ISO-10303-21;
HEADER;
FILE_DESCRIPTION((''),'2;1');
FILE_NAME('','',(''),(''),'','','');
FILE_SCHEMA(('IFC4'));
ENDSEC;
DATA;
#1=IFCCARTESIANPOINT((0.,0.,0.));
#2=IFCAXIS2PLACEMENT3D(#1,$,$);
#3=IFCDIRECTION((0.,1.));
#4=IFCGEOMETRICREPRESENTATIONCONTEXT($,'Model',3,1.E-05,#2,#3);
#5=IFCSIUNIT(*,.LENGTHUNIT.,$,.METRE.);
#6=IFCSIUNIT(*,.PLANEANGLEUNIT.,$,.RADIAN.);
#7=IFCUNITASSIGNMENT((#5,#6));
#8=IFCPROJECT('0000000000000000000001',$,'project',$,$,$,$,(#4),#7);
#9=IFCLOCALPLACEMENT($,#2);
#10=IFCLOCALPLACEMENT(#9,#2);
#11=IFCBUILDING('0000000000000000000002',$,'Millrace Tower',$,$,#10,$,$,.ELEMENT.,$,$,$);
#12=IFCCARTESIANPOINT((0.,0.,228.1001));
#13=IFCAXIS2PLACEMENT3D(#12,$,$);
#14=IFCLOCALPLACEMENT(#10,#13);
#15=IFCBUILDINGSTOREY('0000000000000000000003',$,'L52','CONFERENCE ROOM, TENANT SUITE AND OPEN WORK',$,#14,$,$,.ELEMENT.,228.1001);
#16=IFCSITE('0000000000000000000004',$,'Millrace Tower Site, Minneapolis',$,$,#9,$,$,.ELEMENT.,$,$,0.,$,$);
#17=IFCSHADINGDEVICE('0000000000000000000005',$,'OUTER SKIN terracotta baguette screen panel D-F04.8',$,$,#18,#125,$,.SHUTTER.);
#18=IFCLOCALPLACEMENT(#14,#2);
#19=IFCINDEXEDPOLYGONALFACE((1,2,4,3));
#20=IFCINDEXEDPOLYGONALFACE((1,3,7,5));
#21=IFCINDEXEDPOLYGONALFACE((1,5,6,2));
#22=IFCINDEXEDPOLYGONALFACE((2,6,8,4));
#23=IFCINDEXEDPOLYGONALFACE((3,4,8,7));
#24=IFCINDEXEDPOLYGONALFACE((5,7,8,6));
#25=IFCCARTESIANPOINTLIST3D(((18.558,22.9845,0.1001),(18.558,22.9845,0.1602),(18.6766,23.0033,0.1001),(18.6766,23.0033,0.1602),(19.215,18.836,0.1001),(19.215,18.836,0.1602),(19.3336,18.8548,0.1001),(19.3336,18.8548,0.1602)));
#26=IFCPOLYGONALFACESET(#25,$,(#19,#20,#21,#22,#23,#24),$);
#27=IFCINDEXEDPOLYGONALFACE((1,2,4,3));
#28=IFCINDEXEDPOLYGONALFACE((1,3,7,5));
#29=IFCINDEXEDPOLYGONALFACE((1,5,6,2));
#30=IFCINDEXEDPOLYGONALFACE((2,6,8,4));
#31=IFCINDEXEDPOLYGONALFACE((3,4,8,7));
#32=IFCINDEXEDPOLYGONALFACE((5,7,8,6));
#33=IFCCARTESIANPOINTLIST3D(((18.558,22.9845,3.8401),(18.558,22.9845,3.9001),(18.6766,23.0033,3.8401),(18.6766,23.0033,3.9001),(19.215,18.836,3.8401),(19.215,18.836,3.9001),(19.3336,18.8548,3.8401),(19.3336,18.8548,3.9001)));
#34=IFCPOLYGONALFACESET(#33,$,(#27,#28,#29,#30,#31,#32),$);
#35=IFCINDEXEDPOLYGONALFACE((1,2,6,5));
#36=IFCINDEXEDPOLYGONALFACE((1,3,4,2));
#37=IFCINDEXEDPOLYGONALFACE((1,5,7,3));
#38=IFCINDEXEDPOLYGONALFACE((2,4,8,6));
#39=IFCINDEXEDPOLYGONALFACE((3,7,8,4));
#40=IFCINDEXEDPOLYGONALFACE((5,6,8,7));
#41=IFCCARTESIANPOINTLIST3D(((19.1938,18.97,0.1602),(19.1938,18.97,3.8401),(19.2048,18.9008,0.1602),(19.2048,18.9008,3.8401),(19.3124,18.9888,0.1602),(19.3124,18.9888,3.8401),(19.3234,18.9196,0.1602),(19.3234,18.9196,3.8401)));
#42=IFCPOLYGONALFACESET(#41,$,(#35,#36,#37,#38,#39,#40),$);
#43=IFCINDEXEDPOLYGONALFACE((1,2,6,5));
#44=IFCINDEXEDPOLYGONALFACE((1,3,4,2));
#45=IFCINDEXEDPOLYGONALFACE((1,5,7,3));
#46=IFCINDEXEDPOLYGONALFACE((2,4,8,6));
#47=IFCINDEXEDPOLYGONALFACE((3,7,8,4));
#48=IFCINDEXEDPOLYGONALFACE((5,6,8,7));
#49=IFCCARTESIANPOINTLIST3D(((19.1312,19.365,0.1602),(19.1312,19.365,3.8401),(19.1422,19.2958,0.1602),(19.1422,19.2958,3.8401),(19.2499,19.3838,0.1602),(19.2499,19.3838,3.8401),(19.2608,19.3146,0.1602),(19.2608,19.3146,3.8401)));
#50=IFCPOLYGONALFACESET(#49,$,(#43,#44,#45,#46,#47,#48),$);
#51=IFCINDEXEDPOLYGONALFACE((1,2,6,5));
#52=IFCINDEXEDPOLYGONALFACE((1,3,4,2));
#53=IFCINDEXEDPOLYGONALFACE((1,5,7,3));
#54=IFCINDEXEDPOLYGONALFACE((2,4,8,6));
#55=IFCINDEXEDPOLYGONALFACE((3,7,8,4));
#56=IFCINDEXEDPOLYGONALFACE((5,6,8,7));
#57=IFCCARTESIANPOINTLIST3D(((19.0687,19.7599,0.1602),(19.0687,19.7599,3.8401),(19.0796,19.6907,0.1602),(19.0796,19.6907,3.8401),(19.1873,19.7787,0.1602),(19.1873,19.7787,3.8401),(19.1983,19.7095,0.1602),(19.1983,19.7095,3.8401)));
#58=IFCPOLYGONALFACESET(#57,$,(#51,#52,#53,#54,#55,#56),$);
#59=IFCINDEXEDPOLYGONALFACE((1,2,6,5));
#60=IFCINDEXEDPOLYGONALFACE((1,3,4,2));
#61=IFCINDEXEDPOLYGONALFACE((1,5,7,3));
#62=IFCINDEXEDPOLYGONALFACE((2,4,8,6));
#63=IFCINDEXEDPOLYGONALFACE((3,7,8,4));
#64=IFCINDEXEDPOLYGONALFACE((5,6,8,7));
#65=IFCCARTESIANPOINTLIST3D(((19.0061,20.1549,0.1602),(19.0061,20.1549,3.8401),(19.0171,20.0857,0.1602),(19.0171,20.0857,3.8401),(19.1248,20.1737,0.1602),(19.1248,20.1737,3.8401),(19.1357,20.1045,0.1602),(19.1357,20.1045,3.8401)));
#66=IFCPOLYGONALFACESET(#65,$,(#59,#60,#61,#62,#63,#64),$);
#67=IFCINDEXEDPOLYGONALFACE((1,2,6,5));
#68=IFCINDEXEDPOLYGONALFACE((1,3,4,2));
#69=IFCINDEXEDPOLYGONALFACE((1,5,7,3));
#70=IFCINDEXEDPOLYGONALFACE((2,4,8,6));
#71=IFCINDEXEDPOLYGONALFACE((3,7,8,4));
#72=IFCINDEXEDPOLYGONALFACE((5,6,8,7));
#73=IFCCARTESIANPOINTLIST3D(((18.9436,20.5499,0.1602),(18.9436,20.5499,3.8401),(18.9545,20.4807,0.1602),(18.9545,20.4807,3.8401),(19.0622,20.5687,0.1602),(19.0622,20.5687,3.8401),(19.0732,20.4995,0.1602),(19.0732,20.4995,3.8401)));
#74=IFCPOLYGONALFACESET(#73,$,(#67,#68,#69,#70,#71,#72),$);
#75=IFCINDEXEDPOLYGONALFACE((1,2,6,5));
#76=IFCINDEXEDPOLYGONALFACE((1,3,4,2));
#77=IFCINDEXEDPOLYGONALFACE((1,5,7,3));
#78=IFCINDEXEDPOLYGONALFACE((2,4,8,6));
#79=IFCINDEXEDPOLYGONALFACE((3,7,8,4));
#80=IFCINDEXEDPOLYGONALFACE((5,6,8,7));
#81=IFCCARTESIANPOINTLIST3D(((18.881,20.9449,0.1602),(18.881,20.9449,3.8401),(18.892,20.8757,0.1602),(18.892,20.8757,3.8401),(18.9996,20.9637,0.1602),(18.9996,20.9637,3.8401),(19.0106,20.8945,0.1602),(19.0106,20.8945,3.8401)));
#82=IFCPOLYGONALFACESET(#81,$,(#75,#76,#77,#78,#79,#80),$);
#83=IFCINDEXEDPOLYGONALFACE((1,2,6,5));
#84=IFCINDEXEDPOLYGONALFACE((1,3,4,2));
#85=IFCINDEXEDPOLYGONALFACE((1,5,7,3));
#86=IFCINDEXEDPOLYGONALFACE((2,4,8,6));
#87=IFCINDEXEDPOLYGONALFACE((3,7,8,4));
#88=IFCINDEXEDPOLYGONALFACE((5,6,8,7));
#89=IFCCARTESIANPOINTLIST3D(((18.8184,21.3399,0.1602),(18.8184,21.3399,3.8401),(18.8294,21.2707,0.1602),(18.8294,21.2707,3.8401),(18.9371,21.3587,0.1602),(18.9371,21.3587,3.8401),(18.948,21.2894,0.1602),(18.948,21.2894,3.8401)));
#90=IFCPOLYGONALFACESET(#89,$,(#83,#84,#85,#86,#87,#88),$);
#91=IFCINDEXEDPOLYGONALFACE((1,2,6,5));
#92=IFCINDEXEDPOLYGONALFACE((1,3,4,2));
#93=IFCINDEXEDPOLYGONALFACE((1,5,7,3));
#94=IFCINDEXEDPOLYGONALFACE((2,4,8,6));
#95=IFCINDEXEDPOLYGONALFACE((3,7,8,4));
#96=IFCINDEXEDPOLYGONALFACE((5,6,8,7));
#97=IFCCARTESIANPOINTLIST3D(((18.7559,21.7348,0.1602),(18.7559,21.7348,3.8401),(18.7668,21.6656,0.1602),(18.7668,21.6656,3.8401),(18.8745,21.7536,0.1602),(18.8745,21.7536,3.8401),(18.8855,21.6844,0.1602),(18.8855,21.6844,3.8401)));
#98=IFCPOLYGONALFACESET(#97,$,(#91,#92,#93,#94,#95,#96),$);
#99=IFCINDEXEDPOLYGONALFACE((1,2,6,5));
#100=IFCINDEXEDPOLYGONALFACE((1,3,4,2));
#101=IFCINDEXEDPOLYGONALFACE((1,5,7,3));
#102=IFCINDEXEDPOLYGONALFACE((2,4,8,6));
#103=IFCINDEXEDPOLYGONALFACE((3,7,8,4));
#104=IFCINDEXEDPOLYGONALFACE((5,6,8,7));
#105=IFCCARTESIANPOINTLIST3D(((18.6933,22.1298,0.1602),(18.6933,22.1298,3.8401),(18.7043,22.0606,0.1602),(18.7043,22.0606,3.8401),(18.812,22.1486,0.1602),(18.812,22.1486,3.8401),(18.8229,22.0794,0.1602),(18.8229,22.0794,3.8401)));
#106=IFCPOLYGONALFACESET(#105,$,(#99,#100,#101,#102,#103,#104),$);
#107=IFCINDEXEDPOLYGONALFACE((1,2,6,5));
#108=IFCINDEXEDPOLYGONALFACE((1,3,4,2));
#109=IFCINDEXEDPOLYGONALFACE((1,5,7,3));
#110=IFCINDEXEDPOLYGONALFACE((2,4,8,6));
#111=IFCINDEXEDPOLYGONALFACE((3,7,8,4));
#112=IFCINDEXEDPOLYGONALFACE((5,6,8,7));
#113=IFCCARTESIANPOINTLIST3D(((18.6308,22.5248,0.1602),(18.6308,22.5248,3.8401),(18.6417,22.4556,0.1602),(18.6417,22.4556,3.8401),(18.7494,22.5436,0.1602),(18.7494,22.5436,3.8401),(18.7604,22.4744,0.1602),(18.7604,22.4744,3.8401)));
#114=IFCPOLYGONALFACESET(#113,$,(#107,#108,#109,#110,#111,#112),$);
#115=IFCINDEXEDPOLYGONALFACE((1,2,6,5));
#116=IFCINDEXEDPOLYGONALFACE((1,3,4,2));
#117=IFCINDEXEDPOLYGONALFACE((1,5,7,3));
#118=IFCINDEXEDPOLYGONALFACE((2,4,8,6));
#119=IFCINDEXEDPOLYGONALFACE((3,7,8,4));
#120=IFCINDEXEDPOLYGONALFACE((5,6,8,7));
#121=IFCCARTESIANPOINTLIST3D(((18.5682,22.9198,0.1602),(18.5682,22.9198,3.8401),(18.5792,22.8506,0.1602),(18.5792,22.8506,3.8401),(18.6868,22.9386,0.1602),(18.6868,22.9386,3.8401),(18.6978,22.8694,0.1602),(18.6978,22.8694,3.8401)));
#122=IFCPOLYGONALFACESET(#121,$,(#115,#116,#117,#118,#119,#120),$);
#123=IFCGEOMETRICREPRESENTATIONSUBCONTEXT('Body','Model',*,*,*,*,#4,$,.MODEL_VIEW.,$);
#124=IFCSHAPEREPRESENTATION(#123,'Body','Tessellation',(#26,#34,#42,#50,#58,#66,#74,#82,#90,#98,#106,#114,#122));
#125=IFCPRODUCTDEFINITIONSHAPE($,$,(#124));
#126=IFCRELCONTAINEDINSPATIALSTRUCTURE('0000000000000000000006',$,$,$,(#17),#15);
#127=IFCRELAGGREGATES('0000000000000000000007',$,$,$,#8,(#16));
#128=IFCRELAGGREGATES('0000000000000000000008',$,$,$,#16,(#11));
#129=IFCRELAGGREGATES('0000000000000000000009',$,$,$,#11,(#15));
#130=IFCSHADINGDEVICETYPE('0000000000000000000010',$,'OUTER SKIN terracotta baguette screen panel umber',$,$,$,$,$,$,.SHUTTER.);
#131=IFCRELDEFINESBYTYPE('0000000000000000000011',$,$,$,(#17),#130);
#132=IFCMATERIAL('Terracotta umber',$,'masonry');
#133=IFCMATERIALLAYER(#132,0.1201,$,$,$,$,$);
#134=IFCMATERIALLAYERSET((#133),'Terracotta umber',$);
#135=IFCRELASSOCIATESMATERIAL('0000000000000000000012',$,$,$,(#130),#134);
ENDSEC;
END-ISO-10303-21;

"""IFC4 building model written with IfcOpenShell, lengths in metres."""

from ifc_helpers import new_model, entity, si_unit, direction, frame, frame_2d, origin, origin_2d, place, context, subcontext, project, spatial, rectangle, extrude, source, transform, mapped, material, layer, layer_set, type_object, element, save


model = new_model("IFC4")

# Units and contexts
model_context = context("Model", 3, precision=1e-05, world=origin(), true_north=direction((0.0, 1.0)))
body_context = subcontext(model_context, "Body", "Model", "MODEL_VIEW")
ifc_project = project(units=[si_unit("LENGTHUNIT", "METRE"), si_unit("PLANEANGLEUNIT", "RADIAN")], contexts=[model_context])

# Site, building, storey
site_placement = place(None, origin())
site = spatial("IfcSite", under=ifc_project, at=site_placement, Name="Millrace Tower Site, Minneapolis", CompositionType="ELEMENT", RefElevation=0.0)
building_placement = place(site_placement, origin())
building = spatial("IfcBuilding", under=site, at=building_placement, Name="Millrace Tower", CompositionType="ELEMENT")
storey_placement = place(building_placement, frame((0.0, 0.0, 228.1001)))
storey = spatial("IfcBuildingStorey", under=building, at=storey_placement, Name="L52", Description="CONFERENCE ROOM, TENANT SUITE AND OPEN WORK", CompositionType="ELEMENT", Elevation=228.1001)

# Shading device
ifc_material_1 = material(Name="Terracotta umber", Category="masonry")
ifc_layer_1 = layer(ifc_material_1, 0.1201)
ifc_layer_set_1 = layer_set([ifc_layer_1], Name="Terracotta umber")
shading_device_type = type_object("IfcShadingDeviceType", Name="OUTER SKIN terracotta baguette screen panel umber", PredefinedType="SHUTTER", material=ifc_layer_set_1)
cartesian_point = entity("IfcCartesianPoint", [-2.1001, 0.0601])
shared_polyline = entity("IfcPolyline", [cartesian_point, entity("IfcCartesianPoint", [2.1001, 0.0601]), entity("IfcCartesianPoint", [2.1001, -0.0601]), entity("IfcCartesianPoint", [-2.1001, -0.0601]), cartesian_point])
shared_shape = source(origin(), body_context, "Body", "SweptSolid", [
    entity("IfcExtrudedAreaSolid", entity("IfcArbitraryClosedProfileDef", "AREA", None, shared_polyline), entity("IfcAxis2Placement3D", entity("IfcCartesianPoint", [0.0, 0.0, 0.0])), entity("IfcDirection", [0.0, 0.0, 1.0]), 0.0601),
    entity("IfcExtrudedAreaSolid", entity("IfcArbitraryClosedProfileDef", "AREA", None, shared_polyline), entity("IfcAxis2Placement3D", entity("IfcCartesianPoint", [0.0, 0.0, 3.74])), entity("IfcDirection", [0.0, 0.0, 1.0]), 0.0601),
    extrude(rectangle(XDim=0.0701, YDim=0.1201, at=frame_2d((-1.9995, 0.0))), frame((0.0, 0.0, 0.0601)), (0.0, 0.0, 1.0), 3.6799),
    extrude(rectangle(XDim=0.0701, YDim=0.1201, at=frame_2d((-1.5996, 0.0))), frame((0.0, 0.0, 0.0601)), (0.0, 0.0, 1.0), 3.6799),
    extrude(rectangle(XDim=0.0701, YDim=0.1201, at=frame_2d((-1.1997, 0.0))), frame((0.0, 0.0, 0.0601)), (0.0, 0.0, 1.0), 3.6799),
    extrude(rectangle(XDim=0.0701, YDim=0.1201, at=frame_2d((-0.7998, 0.0))), frame((0.0, 0.0, 0.0601)), (0.0, 0.0, 1.0), 3.6799),
    extrude(rectangle(XDim=0.0701, YDim=0.1201, at=frame_2d((-0.3999, 0.0))), frame((0.0, 0.0, 0.0601)), (0.0, 0.0, 1.0), 3.6799),
    extrude(rectangle(XDim=0.0701, YDim=0.1201, at=origin_2d()), frame((0.0, 0.0, 0.0601)), (0.0, 0.0, 1.0), 3.6799),
    extrude(rectangle(XDim=0.0701, YDim=0.1201, at=frame_2d((0.3999, 0.0))), frame((0.0, 0.0, 0.0601)), (0.0, 0.0, 1.0), 3.6799),
    extrude(rectangle(XDim=0.0701, YDim=0.1201, at=frame_2d((0.7998, 0.0))), frame((0.0, 0.0, 0.0601)), (0.0, 0.0, 1.0), 3.6799),
    extrude(rectangle(XDim=0.0701, YDim=0.1201, at=frame_2d((1.1997, 0.0))), frame((0.0, 0.0, 0.0601)), (0.0, 0.0, 1.0), 3.6799),
    extrude(rectangle(XDim=0.0701, YDim=0.1201, at=frame_2d((1.5996, 0.0))), frame((0.0, 0.0, 0.0601)), (0.0, 0.0, 1.0), 3.6799),
    extrude(rectangle(XDim=0.0701, YDim=0.1201, at=frame_2d((1.9995, 0.0))), frame((0.0, 0.0, 0.0601)), (0.0, 0.0, 1.0), 3.6799),
])
for number, where, z_axis, x_axis, name in (
    (1, (18.9458, 20.9197, 0.1001), (0.0, 0.0, 1.0), (-0.156434, 0.987688, 0.0), "OUTER SKIN terracotta baguette screen panel D-F04.8"),
):
    element("IfcShadingDevice", number, at=place(storey_placement, frame(where, z_axis=z_axis, x_axis=x_axis)), inside=storey, type_object=shading_device_type, Name=name, PredefinedType="SHUTTER", context=body_context, shape_type="MappedRepresentation", body=[
        mapped(shared_shape, transform((0.0, 0.0, 0.0), scale=1.0)),
    ])

save(model, "model.ifc")
